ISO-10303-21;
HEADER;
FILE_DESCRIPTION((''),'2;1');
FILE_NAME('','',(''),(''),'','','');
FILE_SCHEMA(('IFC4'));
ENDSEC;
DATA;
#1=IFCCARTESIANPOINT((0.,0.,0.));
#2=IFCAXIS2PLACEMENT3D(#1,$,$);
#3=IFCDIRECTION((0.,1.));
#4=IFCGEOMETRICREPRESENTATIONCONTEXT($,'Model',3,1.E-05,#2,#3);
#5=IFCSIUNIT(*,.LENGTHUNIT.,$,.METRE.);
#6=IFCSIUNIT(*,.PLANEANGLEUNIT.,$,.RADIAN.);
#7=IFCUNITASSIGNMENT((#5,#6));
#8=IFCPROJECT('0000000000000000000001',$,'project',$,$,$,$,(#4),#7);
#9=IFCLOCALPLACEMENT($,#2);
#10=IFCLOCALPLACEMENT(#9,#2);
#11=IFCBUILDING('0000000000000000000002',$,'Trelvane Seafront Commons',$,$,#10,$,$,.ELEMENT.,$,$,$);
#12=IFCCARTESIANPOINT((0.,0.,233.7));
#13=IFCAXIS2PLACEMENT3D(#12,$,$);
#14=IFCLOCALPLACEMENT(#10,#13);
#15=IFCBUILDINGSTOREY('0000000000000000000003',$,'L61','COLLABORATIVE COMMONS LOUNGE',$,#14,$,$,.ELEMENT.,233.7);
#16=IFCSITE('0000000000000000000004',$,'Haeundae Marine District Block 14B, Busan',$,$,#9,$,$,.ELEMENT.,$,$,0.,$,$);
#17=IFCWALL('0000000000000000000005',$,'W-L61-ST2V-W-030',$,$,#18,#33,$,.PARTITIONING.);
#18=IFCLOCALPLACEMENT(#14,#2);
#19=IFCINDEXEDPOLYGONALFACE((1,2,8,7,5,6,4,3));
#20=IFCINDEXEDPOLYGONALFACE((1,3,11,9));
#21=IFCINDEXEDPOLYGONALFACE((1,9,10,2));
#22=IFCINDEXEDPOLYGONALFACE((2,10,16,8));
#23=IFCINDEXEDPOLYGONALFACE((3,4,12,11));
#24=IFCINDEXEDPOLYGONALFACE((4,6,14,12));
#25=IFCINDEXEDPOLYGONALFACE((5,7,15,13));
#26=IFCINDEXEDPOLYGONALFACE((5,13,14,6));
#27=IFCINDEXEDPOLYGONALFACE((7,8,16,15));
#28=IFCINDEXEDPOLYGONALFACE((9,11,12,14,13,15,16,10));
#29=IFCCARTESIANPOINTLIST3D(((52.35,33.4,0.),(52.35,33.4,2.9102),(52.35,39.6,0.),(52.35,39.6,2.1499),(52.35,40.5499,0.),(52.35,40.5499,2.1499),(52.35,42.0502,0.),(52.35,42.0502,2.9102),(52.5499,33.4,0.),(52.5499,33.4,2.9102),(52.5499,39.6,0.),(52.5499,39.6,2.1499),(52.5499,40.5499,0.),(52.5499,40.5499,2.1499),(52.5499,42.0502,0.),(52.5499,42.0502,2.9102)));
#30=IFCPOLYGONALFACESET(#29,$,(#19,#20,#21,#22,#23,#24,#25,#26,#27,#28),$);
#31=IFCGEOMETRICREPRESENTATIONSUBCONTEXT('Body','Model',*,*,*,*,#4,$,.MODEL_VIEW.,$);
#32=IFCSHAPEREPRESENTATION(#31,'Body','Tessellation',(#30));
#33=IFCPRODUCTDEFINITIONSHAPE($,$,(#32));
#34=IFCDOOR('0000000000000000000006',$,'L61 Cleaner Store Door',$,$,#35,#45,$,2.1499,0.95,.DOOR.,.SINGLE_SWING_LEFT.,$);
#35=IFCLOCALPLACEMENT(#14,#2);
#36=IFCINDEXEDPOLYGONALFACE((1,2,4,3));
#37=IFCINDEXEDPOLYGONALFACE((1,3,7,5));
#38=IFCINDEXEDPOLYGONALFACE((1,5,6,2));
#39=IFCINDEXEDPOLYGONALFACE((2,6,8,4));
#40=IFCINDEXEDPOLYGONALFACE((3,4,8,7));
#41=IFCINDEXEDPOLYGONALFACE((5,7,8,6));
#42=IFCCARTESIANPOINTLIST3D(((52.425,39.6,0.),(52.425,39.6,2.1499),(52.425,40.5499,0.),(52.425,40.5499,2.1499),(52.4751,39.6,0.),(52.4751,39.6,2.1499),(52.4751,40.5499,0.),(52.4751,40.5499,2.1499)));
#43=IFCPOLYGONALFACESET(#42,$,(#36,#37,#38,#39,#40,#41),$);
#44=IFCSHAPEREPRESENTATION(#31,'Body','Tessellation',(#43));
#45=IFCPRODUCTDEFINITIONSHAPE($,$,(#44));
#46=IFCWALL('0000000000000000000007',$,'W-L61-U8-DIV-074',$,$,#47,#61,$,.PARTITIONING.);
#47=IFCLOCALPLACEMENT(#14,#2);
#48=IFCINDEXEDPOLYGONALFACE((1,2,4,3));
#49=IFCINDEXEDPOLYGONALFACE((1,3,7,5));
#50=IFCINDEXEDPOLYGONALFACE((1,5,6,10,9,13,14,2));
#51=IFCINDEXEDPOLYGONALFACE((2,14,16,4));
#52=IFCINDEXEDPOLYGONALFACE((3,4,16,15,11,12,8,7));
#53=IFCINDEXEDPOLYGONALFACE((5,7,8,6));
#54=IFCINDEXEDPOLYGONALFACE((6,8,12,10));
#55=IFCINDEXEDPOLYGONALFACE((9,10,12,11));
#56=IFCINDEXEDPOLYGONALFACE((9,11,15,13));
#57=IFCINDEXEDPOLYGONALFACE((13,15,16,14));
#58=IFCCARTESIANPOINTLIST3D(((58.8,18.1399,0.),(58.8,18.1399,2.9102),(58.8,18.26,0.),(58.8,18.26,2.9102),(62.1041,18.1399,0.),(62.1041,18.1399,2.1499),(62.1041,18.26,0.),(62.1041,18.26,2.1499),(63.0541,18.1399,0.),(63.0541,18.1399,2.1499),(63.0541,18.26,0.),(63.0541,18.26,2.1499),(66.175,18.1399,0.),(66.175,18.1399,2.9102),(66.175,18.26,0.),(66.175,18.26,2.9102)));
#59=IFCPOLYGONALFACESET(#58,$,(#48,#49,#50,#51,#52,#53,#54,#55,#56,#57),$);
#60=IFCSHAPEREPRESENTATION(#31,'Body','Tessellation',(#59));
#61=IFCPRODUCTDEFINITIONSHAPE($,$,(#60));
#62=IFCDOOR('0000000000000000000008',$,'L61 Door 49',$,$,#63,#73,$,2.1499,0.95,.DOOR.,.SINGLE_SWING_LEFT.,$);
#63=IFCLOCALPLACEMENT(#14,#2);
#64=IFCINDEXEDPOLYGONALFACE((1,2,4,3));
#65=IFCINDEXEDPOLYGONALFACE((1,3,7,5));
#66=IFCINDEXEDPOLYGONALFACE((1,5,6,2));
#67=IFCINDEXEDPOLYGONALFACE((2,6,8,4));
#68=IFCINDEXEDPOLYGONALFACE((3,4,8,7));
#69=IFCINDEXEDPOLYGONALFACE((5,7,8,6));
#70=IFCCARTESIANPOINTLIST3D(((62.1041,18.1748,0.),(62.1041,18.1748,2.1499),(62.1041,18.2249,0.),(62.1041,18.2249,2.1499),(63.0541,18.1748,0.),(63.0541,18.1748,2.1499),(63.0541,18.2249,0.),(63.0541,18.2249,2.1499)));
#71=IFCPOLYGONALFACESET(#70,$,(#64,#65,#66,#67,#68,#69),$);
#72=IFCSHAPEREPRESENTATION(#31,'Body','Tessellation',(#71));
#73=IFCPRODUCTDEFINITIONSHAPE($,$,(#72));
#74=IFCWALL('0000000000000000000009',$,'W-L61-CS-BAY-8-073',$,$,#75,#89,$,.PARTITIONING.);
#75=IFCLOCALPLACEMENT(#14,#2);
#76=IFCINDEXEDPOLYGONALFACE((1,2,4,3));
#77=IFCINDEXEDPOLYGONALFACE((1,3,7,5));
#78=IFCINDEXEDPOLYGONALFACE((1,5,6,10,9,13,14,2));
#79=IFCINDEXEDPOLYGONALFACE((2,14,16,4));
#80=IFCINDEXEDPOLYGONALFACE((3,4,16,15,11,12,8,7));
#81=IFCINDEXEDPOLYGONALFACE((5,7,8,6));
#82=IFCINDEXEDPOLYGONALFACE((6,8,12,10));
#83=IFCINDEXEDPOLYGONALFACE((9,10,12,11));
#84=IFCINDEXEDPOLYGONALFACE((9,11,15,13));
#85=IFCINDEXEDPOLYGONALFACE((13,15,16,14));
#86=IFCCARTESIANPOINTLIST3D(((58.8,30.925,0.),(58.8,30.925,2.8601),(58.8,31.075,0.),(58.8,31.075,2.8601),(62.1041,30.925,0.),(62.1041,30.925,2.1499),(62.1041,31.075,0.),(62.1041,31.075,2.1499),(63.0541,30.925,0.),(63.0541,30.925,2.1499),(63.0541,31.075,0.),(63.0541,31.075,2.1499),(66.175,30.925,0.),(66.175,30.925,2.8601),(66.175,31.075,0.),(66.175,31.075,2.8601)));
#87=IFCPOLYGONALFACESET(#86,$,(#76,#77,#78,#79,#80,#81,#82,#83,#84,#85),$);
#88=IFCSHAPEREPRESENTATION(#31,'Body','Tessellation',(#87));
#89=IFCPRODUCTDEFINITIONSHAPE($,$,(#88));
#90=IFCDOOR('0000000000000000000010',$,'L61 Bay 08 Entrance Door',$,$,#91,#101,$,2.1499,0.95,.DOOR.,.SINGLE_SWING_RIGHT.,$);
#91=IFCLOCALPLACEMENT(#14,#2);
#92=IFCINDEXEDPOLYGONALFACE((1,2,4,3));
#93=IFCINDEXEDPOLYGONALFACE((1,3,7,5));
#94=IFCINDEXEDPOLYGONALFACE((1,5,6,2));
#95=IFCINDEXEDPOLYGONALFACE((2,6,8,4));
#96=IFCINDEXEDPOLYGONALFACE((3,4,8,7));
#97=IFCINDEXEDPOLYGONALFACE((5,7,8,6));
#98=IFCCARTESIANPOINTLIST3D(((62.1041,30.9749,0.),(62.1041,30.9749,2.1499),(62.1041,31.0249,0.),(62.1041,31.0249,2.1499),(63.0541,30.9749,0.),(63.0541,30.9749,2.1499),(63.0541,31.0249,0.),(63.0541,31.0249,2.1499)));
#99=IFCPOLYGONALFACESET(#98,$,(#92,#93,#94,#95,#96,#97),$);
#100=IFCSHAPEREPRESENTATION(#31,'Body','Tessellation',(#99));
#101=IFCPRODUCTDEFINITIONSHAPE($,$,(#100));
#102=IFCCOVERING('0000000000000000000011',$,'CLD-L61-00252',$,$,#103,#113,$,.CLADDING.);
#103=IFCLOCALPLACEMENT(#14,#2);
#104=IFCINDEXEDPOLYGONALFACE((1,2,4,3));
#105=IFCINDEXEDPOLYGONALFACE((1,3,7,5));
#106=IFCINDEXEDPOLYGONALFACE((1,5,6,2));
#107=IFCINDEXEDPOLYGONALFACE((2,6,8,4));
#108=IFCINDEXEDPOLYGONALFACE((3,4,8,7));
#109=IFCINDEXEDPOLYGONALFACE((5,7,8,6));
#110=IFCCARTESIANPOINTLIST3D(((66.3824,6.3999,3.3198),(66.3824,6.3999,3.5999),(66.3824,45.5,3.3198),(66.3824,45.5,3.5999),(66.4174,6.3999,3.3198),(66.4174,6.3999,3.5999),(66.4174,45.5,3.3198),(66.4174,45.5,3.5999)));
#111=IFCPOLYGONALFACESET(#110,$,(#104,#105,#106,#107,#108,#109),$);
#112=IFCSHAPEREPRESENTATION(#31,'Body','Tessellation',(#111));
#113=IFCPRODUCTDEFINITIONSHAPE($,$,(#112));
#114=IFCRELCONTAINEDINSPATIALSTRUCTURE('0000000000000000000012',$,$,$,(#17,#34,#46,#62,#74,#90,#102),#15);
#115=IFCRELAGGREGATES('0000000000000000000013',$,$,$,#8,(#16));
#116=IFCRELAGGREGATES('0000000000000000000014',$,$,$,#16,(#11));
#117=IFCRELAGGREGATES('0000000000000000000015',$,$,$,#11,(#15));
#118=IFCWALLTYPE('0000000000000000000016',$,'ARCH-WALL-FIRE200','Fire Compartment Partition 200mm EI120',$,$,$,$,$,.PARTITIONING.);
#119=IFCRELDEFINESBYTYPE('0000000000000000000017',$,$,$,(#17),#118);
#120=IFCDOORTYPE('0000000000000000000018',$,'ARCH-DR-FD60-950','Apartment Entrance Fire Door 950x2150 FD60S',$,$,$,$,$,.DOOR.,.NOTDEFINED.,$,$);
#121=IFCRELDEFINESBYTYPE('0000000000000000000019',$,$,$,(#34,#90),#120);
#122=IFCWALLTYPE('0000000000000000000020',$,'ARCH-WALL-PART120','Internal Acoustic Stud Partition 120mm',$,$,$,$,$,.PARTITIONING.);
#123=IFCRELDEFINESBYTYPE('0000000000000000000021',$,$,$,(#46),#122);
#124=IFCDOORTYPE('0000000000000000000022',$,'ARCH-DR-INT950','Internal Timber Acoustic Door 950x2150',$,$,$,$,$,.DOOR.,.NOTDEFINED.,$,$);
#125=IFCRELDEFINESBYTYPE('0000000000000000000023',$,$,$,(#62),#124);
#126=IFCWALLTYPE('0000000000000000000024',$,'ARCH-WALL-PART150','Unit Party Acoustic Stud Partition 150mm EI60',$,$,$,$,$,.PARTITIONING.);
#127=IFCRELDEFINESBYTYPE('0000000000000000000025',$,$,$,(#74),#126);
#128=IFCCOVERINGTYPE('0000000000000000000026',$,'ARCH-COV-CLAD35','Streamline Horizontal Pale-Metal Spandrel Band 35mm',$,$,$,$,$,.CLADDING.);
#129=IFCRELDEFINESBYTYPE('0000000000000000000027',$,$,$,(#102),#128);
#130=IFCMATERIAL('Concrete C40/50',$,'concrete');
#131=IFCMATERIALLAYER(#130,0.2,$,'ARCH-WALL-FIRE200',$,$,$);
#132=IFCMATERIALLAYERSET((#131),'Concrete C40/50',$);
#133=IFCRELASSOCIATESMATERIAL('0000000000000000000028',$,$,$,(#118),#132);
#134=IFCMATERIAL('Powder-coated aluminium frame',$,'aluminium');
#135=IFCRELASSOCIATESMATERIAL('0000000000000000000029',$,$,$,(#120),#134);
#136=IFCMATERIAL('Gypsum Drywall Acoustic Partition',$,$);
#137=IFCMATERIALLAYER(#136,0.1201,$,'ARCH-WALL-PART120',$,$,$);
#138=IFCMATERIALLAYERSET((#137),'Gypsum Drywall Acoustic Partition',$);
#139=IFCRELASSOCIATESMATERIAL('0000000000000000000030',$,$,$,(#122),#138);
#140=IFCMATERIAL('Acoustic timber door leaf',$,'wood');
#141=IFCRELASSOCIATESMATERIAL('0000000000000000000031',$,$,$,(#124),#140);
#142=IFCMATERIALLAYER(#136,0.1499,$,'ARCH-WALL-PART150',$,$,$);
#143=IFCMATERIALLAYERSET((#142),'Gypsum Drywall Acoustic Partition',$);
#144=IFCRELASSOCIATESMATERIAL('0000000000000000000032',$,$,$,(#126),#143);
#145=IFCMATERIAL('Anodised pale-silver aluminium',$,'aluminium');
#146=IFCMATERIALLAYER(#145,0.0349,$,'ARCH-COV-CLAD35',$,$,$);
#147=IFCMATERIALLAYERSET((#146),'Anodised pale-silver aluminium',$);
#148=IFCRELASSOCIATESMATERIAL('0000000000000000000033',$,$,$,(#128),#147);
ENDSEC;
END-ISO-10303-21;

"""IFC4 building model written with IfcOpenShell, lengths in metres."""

from ifc_helpers import new_model, si_unit, direction, frame, frame_2d, origin, origin_2d, place, context, subcontext, project, spatial, rectangle, extrude, source, transform, mapped, material, layer, layer_set, type_object, element, fill, save


model = new_model("IFC4")

# Units and contexts
model_context = context("Model", 3, precision=1e-05, world=origin(), true_north=direction((0.0, 1.0)))
body_context = subcontext(model_context, "Body", "Model", "MODEL_VIEW")
ifc_project = project(units=[si_unit("LENGTHUNIT", "METRE"), si_unit("PLANEANGLEUNIT", "RADIAN")], contexts=[model_context])

# Site, building, storey
site_placement = place(None, origin())
site = spatial("IfcSite", under=ifc_project, at=site_placement, Name="Haeundae Marine District Block 14B, Busan", CompositionType="ELEMENT", RefElevation=0.0)
building_placement = place(site_placement, origin())
building = spatial("IfcBuilding", under=site, at=building_placement, Name="Trelvane Seafront Commons", CompositionType="ELEMENT")
storey_placement = place(building_placement, frame((0.0, 0.0, 233.7)))
storey = spatial("IfcBuildingStorey", under=building, at=storey_placement, Name="L61", Description="COLLABORATIVE COMMONS LOUNGE", CompositionType="ELEMENT", Elevation=233.7)

# Shared definitions
ifc_material_1 = material(Name="Anodised pale-silver aluminium", Category="aluminium")

# Walls, openings, doors
ifc_material_2 = material(Name="Concrete C40/50", Category="concrete")
ifc_layer_1 = layer(ifc_material_2, 0.2, Name="ARCH-WALL-FIRE200")
ifc_layer_set_1 = layer_set([ifc_layer_1], Name="Concrete C40/50")
wall_type_1 = type_object("IfcWallType", Name="ARCH-WALL-FIRE200", Description="Fire Compartment Partition 200mm EI120", PredefinedType="PARTITIONING", material=ifc_layer_set_1)
wall_1_placement = place(storey_placement, frame((52.45, 33.3999, 0.0), z_axis=(0.0, 0.0, 1.0), x_axis=(0.0, 1.0, 0.0)))
wall_1 = element("IfcWall", 1, at=wall_1_placement, inside=storey, type_object=wall_type_1, Name="W-L61-ST2V-W-030", PredefinedType="PARTITIONING", context=body_context, shape_type="SweptSolid", body=[
    extrude(rectangle(XDim=8.6501, YDim=0.2, at=frame_2d((4.3252, 0.0))), origin(), (0.0, 0.0, 1.0), 2.9102),
])
opening_1_placement = place(wall_1_placement, frame((6.2, 0.0, 0.0)))
opening_1 = element("IfcOpeningElement", 2, at=opening_1_placement, cuts=wall_1, PredefinedType="OPENING", context=body_context, shape_type="SweptSolid", body=[
    extrude(rectangle(XDim=0.95, YDim=2.1499, at=frame_2d((0.4751, 1.075))), frame((0.0, 0.1099, 0.0), z_axis=(0.0, -1.0, 0.0), x_axis=(1.0, 0.0, 0.0)), (0.0, 0.0, 1.0), 0.22),
])
ifc_material_3 = material(Name="Powder-coated aluminium frame", Category="aluminium")
door_type_1 = type_object("IfcDoorType", Name="ARCH-DR-FD60-950", Description="Apartment Entrance Fire Door 950x2150 FD60S", OperationType="NOTDEFINED", PredefinedType="DOOR", material=ifc_material_3)
shared_shape_1 = source(origin(), body_context, "Body", "SweptSolid", [
    extrude(rectangle(XDim=0.95, YDim=2.1499, at=frame_2d((0.4751, 1.075))), frame((0.0, 0.0249, 0.0), z_axis=(0.0, -1.0, 0.0), x_axis=(1.0, 0.0, 0.0)), (0.0, 0.0, 1.0), 0.05),
])
door_1_placement = place(opening_1_placement, origin())
door_1 = element("IfcDoor", 3, at=door_1_placement, inside=storey, type_object=door_type_1, Name="L61 Cleaner Store Door", OperationType="SINGLE_SWING_LEFT", OverallHeight=2.1499, OverallWidth=0.95, PredefinedType="DOOR", context=body_context, shape_type="MappedRepresentation", body=[
    mapped(shared_shape_1, transform((0.0, 0.0, 0.0), x_axis=(1.0, 0.0, 0.0), y_axis=(0.0, 1.0, 0.0), z_axis=(0.0, 0.0, 1.0), scale=1.0)),
])
fill(opening_1, door_1)
ifc_material_4 = material(Name="Gypsum Drywall Acoustic Partition")
ifc_layer_2 = layer(ifc_material_4, 0.1201, Name="ARCH-WALL-PART120")
ifc_layer_set_2 = layer_set([ifc_layer_2], Name="Gypsum Drywall Acoustic Partition")
wall_type_2 = type_object("IfcWallType", Name="ARCH-WALL-PART120", Description="Internal Acoustic Stud Partition 120mm", PredefinedType="PARTITIONING", material=ifc_layer_set_2)
wall_2_placement = place(storey_placement, frame((58.8, 18.2, 0.0), z_axis=(0.0, 0.0, 1.0), x_axis=(1.0, 0.0, 0.0)))
wall_2 = element("IfcWall", 4, at=wall_2_placement, inside=storey, type_object=wall_type_2, Name="W-L61-U8-DIV-074", PredefinedType="PARTITIONING", context=body_context, shape_type="SweptSolid", body=[
    extrude(rectangle(XDim=7.375, YDim=0.1201, at=frame_2d((3.6875, 0.0))), origin(), (0.0, 0.0, 1.0), 2.9102),
])
opening_2_placement = place(wall_2_placement, frame((3.304, 0.0, 0.0)))
opening_2 = element("IfcOpeningElement", 5, at=opening_2_placement, cuts=wall_2, PredefinedType="OPENING", context=body_context, shape_type="SweptSolid", body=[
    extrude(rectangle(XDim=0.95, YDim=2.1499, at=frame_2d((0.4751, 1.075))), frame((0.0, 0.0701, 0.0), z_axis=(0.0, -1.0, 0.0), x_axis=(1.0, 0.0, 0.0)), (0.0, 0.0, 1.0), 0.1401),
])
ifc_material_5 = material(Name="Acoustic timber door leaf", Category="wood")
door_type_2 = type_object("IfcDoorType", Name="ARCH-DR-INT950", Description="Internal Timber Acoustic Door 950x2150", OperationType="NOTDEFINED", PredefinedType="DOOR", material=ifc_material_5)
door_2_placement = place(opening_2_placement, origin())
door_2 = element("IfcDoor", 6, at=door_2_placement, inside=storey, type_object=door_type_2, Name="L61 Door 49", OperationType="SINGLE_SWING_LEFT", OverallHeight=2.1499, OverallWidth=0.95, PredefinedType="DOOR", context=body_context, shape_type="MappedRepresentation", body=[
    mapped(shared_shape_1, transform((0.0, 0.0, 0.0), x_axis=(1.0, 0.0, 0.0), y_axis=(0.0, 1.0, 0.0), z_axis=(0.0, 0.0, 1.0), scale=1.0)),
])
fill(opening_2, door_2)
ifc_layer_3 = layer(ifc_material_4, 0.1499, Name="ARCH-WALL-PART150")
ifc_layer_set_3 = layer_set([ifc_layer_3], Name="Gypsum Drywall Acoustic Partition")
wall_type_3 = type_object("IfcWallType", Name="ARCH-WALL-PART150", Description="Unit Party Acoustic Stud Partition 150mm EI60", PredefinedType="PARTITIONING", material=ifc_layer_set_3)
wall_3_placement = place(storey_placement, frame((58.8, 31.0, 0.0), z_axis=(0.0, 0.0, 1.0), x_axis=(1.0, 0.0, 0.0)))
wall_3 = element("IfcWall", 7, at=wall_3_placement, inside=storey, type_object=wall_type_3, Name="W-L61-CS-BAY-8-073", PredefinedType="PARTITIONING", context=body_context, shape_type="SweptSolid", body=[
    extrude(rectangle(XDim=7.375, YDim=0.1499, at=frame_2d((3.6875, 0.0))), origin(), (0.0, 0.0, 1.0), 2.8601),
])
opening_3_placement = place(wall_3_placement, frame((3.304, 0.0, 0.0)))
opening_3 = element("IfcOpeningElement", 8, at=opening_3_placement, cuts=wall_3, PredefinedType="OPENING", context=body_context, shape_type="SweptSolid", body=[
    extrude(rectangle(XDim=0.95, YDim=2.1499, at=frame_2d((0.4751, 1.075))), frame((0.0, 0.085, 0.0), z_axis=(0.0, -1.0, 0.0), x_axis=(1.0, 0.0, 0.0)), (0.0, 0.0, 1.0), 0.1699),
])
door_3_placement = place(opening_3_placement, origin())
door_3 = element("IfcDoor", 9, at=door_3_placement, inside=storey, type_object=door_type_1, Name="L61 Bay 08 Entrance Door", OperationType="SINGLE_SWING_RIGHT", OverallHeight=2.1499, OverallWidth=0.95, PredefinedType="DOOR", context=body_context, shape_type="MappedRepresentation", body=[
    mapped(shared_shape_1, transform((0.0, 0.0, 0.0), x_axis=(1.0, 0.0, 0.0), y_axis=(0.0, 1.0, 0.0), z_axis=(0.0, 0.0, 1.0), scale=1.0)),
])
fill(opening_3, door_3)

# Covering
ifc_layer_4 = layer(ifc_material_1, 0.0349, Name="ARCH-COV-CLAD35")
ifc_layer_set_4 = layer_set([ifc_layer_4], Name="Anodised pale-silver aluminium")
covering_type = type_object("IfcCoveringType", Name="ARCH-COV-CLAD35", Description="Streamline Horizontal Pale-Metal Spandrel Band 35mm", PredefinedType="CLADDING", material=ifc_layer_set_4)
shared_shape_2 = source(origin(), body_context, "Body", "SweptSolid", [
    extrude(rectangle(XDim=39.1001, YDim=0.0349, at=origin_2d()), origin(), (0.0, 0.0, 1.0), 0.28),
])
covering_placement = place(storey_placement, frame((66.3999, 25.95, 3.3198), z_axis=(0.0, 0.0, 1.0), x_axis=(0.0, -1.0, 0.0)))
element("IfcCovering", 10, at=covering_placement, inside=storey, type_object=covering_type, Name="CLD-L61-00252", PredefinedType="CLADDING", context=body_context, shape_type="MappedRepresentation", body=[
    mapped(shared_shape_2, transform((0.0, 0.0, 0.0), x_axis=(1.0, 0.0, 0.0), y_axis=(0.0, 1.0, 0.0), z_axis=(0.0, 0.0, 1.0), scale=1.0)),
])

save(model, "model.ifc")
